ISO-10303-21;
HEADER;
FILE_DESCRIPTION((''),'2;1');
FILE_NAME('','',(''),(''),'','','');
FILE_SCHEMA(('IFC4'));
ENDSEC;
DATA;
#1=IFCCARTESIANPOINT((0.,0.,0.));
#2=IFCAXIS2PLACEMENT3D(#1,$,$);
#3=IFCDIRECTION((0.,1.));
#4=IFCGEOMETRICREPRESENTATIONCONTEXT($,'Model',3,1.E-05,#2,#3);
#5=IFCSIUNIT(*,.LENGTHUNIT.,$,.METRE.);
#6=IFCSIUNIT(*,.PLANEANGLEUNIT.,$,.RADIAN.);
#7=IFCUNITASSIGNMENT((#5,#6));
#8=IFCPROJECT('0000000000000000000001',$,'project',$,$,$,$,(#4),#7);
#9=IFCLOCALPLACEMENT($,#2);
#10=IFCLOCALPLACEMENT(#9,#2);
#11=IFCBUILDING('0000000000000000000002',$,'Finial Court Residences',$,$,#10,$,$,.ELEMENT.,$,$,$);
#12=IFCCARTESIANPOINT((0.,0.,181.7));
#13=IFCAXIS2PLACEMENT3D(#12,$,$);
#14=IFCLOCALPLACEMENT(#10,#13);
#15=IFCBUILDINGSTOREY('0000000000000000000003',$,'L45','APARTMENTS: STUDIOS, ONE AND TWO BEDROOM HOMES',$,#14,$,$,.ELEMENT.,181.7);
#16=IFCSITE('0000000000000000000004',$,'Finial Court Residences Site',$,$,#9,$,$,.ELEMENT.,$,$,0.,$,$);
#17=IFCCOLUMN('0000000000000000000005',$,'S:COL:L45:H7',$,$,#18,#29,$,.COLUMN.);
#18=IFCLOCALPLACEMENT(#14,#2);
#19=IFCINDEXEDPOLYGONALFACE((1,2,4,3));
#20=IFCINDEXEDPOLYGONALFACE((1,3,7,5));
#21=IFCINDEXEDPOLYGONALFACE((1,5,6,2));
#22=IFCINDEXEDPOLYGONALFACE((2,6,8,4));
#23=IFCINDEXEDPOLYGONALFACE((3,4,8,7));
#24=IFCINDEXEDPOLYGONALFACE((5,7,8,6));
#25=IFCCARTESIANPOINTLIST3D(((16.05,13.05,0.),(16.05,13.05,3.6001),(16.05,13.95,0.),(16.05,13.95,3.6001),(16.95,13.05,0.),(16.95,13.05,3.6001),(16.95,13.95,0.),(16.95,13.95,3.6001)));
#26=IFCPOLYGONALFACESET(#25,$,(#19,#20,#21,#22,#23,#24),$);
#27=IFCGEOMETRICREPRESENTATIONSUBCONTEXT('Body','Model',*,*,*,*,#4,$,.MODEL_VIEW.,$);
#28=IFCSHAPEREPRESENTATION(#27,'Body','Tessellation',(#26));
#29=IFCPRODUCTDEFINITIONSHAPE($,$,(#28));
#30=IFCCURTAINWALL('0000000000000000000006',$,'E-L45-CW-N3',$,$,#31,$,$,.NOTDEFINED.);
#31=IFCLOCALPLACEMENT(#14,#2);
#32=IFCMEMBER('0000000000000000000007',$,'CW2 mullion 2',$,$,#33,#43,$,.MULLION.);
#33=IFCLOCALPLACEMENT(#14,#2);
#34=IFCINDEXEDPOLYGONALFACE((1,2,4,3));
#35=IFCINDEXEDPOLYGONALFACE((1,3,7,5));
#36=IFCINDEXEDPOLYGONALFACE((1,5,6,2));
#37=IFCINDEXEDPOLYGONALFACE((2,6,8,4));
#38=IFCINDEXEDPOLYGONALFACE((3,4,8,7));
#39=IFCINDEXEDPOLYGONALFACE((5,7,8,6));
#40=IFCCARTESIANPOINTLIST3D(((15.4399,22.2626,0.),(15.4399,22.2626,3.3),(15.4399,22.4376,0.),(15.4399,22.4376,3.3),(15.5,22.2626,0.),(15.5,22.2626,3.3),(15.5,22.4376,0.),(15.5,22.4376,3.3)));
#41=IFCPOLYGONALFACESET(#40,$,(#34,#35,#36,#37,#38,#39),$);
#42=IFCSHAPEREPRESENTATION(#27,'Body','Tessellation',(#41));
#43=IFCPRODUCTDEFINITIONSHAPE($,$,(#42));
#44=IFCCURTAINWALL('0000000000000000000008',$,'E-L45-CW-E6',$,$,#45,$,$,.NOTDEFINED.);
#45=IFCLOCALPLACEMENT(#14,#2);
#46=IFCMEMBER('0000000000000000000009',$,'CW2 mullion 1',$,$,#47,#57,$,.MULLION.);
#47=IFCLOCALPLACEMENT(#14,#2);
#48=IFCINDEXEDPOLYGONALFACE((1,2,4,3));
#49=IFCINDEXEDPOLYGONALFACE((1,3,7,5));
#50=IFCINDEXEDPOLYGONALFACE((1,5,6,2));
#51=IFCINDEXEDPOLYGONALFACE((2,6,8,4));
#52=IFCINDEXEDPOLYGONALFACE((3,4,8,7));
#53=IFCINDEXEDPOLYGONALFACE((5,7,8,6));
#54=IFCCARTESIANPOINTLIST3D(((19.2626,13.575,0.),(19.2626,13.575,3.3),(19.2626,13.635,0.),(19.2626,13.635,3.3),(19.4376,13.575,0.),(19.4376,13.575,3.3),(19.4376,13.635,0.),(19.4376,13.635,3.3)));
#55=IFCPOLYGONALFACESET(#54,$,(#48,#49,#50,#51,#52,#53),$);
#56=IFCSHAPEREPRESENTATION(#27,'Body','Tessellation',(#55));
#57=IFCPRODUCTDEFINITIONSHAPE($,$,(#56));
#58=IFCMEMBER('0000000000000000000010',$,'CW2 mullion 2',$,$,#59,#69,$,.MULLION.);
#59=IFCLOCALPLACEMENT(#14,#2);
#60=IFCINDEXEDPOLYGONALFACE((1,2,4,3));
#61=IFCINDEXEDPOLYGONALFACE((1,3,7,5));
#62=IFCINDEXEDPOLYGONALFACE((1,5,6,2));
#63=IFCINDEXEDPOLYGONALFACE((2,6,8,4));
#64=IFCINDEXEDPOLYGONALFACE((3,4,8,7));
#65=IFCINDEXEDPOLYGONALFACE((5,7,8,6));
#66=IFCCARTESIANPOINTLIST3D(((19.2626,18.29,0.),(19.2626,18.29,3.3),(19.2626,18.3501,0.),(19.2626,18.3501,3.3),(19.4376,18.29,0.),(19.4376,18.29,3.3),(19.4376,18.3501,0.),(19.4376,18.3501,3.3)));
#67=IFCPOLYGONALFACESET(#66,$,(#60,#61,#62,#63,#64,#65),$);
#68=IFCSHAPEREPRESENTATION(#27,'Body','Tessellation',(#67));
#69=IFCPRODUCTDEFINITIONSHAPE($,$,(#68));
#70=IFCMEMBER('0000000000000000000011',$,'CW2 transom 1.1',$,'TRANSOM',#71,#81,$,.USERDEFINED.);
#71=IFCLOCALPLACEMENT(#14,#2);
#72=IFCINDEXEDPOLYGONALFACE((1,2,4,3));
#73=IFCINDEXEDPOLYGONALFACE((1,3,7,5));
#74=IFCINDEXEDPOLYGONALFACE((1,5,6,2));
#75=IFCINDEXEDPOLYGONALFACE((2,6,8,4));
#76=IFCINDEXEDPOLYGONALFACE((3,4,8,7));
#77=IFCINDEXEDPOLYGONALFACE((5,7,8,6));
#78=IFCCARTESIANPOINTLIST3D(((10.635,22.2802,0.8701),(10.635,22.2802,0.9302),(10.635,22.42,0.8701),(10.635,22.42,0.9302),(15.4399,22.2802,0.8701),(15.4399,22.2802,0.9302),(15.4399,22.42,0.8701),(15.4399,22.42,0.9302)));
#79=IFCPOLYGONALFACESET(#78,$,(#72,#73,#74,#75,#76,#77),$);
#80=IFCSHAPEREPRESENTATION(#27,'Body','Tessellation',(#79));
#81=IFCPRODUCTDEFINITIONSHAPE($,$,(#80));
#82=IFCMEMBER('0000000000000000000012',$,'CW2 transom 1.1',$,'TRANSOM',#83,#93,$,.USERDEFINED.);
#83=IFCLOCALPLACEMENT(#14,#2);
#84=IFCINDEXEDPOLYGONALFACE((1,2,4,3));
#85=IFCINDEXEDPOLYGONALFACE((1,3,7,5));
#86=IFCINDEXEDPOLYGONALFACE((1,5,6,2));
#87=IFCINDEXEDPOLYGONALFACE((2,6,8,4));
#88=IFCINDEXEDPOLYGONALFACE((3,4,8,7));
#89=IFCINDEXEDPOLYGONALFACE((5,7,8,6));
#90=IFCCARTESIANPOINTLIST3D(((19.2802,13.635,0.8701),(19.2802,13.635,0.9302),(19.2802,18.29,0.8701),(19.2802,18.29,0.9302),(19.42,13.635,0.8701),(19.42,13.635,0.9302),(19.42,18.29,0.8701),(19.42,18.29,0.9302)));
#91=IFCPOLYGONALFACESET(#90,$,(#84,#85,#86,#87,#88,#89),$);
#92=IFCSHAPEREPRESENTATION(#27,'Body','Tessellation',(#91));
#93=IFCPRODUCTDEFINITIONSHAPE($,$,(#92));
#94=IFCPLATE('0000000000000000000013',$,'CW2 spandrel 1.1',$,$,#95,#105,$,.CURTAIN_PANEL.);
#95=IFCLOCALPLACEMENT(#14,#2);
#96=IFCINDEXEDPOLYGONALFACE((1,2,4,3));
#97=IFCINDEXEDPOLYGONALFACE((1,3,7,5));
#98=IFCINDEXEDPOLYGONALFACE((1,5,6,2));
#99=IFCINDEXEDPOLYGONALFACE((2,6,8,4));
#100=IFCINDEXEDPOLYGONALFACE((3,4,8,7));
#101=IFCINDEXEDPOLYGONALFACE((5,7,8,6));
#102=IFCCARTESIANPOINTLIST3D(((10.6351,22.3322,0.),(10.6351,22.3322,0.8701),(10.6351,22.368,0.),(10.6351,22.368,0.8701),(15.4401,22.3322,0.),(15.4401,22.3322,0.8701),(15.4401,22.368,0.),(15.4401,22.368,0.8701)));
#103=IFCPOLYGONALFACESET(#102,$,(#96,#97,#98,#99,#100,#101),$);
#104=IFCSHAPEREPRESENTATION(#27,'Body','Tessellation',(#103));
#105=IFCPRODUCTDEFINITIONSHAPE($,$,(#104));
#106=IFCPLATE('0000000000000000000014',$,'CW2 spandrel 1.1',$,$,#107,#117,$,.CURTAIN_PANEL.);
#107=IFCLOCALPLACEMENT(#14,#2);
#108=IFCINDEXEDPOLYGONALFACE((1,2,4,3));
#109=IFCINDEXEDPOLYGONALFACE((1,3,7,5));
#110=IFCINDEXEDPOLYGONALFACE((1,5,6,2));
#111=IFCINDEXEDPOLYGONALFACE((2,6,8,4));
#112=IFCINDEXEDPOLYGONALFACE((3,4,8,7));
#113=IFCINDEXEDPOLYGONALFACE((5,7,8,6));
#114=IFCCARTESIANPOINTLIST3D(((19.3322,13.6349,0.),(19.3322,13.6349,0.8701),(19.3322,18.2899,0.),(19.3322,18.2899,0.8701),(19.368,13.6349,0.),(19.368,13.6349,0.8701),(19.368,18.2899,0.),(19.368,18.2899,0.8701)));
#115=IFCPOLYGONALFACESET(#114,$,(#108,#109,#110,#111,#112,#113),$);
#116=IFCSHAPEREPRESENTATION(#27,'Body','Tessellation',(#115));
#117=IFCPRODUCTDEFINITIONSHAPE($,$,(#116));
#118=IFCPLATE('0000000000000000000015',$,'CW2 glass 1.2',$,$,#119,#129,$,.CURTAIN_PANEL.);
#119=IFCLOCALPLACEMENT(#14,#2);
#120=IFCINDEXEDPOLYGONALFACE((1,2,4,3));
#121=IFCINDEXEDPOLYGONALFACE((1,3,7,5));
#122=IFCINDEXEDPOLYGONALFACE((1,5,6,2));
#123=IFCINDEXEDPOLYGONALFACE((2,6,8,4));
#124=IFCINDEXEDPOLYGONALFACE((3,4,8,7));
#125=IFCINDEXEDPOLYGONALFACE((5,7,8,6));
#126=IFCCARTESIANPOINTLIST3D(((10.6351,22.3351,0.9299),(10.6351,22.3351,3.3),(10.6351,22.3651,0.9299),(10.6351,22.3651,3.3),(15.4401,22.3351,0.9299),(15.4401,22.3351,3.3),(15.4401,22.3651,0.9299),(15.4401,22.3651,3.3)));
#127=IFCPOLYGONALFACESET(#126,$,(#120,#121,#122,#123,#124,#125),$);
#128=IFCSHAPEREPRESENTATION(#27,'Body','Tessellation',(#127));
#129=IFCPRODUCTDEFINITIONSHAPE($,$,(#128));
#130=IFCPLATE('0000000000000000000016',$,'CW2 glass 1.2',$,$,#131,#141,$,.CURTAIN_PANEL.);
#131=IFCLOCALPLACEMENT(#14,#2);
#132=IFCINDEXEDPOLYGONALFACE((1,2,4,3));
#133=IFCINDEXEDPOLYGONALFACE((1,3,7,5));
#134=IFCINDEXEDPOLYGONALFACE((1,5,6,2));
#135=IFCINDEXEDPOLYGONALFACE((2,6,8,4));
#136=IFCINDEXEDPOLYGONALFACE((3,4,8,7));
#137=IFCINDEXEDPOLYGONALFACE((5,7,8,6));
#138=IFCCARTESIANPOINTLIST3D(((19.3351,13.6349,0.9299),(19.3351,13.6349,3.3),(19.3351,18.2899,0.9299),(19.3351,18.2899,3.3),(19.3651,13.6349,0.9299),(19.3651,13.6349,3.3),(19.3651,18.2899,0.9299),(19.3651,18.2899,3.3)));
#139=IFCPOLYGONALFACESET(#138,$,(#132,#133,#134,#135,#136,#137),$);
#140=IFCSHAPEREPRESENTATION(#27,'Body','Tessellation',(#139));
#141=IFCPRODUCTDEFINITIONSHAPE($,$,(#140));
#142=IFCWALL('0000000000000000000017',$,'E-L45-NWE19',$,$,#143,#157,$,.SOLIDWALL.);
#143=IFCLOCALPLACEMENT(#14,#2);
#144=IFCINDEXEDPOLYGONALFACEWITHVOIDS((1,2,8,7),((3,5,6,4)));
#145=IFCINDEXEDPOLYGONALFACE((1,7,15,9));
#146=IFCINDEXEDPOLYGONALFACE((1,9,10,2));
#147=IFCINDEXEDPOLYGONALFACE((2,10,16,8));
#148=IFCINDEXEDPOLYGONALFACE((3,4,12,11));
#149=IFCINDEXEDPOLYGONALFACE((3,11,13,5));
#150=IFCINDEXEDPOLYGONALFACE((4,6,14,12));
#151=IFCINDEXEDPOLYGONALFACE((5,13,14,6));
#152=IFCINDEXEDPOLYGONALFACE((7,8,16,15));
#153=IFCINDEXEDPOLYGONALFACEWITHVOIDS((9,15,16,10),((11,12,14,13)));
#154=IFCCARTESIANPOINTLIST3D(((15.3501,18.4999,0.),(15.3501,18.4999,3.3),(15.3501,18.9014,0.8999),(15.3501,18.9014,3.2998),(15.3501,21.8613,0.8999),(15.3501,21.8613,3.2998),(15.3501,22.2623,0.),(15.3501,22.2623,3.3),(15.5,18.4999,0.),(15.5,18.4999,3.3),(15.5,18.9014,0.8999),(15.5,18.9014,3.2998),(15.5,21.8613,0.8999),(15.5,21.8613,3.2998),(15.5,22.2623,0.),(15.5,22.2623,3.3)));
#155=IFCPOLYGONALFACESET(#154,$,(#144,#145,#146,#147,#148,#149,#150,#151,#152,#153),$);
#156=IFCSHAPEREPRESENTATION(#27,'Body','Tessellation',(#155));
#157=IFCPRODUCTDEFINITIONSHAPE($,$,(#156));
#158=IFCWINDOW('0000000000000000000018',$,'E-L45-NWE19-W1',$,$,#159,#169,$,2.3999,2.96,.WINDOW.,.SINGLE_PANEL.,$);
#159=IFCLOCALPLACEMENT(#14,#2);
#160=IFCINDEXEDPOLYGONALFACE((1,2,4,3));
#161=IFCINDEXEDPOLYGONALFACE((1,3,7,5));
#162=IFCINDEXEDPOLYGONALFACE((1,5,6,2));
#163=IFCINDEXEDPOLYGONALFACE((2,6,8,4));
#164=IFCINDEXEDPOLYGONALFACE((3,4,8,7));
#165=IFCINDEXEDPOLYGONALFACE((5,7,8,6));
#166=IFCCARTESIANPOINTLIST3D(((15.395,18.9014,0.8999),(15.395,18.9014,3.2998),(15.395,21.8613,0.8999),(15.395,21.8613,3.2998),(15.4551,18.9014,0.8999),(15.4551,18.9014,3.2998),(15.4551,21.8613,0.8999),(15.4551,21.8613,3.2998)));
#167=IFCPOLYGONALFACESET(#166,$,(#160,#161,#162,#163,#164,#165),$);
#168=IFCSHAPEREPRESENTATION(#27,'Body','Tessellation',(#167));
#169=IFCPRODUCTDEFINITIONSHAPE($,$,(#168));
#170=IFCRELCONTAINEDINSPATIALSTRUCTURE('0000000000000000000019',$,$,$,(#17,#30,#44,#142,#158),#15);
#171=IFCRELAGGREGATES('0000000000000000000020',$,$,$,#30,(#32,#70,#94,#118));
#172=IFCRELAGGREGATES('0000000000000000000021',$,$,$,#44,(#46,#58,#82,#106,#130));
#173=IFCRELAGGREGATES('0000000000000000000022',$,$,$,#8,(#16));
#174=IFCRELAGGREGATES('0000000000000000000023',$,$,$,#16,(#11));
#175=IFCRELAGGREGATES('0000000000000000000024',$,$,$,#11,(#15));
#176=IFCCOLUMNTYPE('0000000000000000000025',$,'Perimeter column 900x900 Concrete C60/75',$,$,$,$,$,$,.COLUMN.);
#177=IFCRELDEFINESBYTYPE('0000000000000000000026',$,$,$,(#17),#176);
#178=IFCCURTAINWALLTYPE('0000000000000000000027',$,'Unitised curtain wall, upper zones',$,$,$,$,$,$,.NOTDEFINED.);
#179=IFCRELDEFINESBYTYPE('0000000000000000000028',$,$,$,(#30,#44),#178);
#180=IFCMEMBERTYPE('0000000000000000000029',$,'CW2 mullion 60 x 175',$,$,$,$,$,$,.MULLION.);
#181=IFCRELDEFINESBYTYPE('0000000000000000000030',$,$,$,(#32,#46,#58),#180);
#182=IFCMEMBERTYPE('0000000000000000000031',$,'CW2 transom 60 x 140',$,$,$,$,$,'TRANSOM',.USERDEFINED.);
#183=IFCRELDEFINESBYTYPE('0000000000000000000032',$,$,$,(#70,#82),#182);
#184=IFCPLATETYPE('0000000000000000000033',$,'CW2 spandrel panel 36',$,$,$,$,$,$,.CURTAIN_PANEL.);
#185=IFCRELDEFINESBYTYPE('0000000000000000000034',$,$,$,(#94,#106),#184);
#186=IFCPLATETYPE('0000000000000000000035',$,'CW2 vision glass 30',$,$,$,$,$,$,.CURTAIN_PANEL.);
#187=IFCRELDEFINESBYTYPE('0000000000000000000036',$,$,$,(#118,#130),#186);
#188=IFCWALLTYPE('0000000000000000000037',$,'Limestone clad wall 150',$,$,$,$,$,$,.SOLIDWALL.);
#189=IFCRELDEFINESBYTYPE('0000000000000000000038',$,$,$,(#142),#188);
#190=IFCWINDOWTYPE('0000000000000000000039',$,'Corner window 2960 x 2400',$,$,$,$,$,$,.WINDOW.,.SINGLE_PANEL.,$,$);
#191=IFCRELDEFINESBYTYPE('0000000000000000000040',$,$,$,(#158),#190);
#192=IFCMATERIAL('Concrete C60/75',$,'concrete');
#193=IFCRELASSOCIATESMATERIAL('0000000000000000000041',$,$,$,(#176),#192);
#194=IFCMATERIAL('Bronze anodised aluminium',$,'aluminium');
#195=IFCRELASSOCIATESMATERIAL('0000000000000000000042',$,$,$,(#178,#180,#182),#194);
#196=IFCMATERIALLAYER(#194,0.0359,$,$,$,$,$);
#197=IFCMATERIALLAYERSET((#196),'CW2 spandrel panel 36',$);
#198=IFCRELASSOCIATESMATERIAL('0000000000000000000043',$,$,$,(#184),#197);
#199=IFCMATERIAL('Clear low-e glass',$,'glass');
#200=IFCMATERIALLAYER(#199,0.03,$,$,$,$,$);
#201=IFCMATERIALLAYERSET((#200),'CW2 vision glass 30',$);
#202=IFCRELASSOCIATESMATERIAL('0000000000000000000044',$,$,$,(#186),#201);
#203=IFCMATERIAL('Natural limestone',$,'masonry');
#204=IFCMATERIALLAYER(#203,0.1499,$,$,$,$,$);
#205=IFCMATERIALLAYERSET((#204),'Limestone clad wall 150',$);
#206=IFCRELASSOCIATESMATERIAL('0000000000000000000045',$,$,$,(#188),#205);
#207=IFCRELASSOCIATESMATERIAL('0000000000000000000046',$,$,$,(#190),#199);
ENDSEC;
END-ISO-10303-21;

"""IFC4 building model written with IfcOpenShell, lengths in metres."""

from ifc_helpers import new_model, si_unit, direction, frame, frame_2d, origin, origin_2d, place, context, subcontext, project, spatial, rectangle, extrude, material, layer, layer_set, material_profile, profile_set, type_object, element, fill, aggregate, save


model = new_model("IFC4")

# Units and contexts
model_context = context("Model", 3, precision=1e-05, world=origin(), true_north=direction((0.0, 1.0)))
body_context = subcontext(model_context, "Body", "Model", "MODEL_VIEW")
ifc_project = project(units=[si_unit("LENGTHUNIT", "METRE"), si_unit("PLANEANGLEUNIT", "RADIAN")], contexts=[model_context])

# Site, building, storey
site_placement = place(None, origin())
site = spatial("IfcSite", under=ifc_project, at=site_placement, Name="Finial Court Residences Site", CompositionType="ELEMENT", RefElevation=0.0)
building_placement = place(site_placement, origin())
building = spatial("IfcBuilding", under=site, at=building_placement, Name="Finial Court Residences", CompositionType="ELEMENT")
storey_placement = place(building_placement, frame((0.0, 0.0, 181.7)))
storey = spatial("IfcBuildingStorey", under=building, at=storey_placement, Name="L45", Description="APARTMENTS: STUDIOS, ONE AND TWO BEDROOM HOMES", CompositionType="ELEMENT", Elevation=181.7)

# Column
ifc_material_1 = material(Name="Concrete C60/75", Category="concrete")
ifc_material_profile_1 = material_profile(ifc_material_1, rectangle(XDim=0.8999, YDim=0.8999, at=origin_2d()), Name="900x900")
ifc_profile_set_1 = profile_set([ifc_material_profile_1], Name="Concrete C60/75")
column_type = type_object("IfcColumnType", Name="Perimeter column 900x900 Concrete C60/75", PredefinedType="COLUMN", material=ifc_profile_set_1)
column_placement = place(storey_placement, frame((16.5, 13.5, 0.0), z_axis=(0.0, 0.0, 1.0), x_axis=(1.0, 0.0, 0.0)))
element("IfcColumn", 1, at=column_placement, inside=storey, type_object=column_type, Name="S:COL:L45:H7", PredefinedType="COLUMN", context=body_context, shape_type="SweptSolid", body=[
    extrude(rectangle(XDim=0.8999, YDim=0.8999, at=origin_2d()), origin(), (0.0, 0.0, 1.0), 3.6001),
])

# Curtain wall, member
ifc_material_2 = material(Name="Bronze anodised aluminium", Category="aluminium")
curtain_wall_type = type_object("IfcCurtainWallType", Name="Unitised curtain wall, upper zones", PredefinedType="NOTDEFINED", material=ifc_material_2)
curtain_wall_1_placement = place(storey_placement, origin())
curtain_wall_1 = element("IfcCurtainWall", 2, at=curtain_wall_1_placement, inside=storey, type_object=curtain_wall_type, Name="E-L45-CW-N3", PredefinedType="NOTDEFINED")
ifc_material_profile_2 = material_profile(ifc_material_2, rectangle(XDim=0.175, YDim=0.0601, at=origin_2d()), Name="CW2 mullion 60 x 175")
ifc_profile_set_2 = profile_set([ifc_material_profile_2], Name="Bronze anodised aluminium")
member_type_1 = type_object("IfcMemberType", Name="CW2 mullion 60 x 175", PredefinedType="MULLION", material=ifc_profile_set_2)
member_1_placement = place(storey_placement, frame((15.47, 22.3501, 0.0), z_axis=(0.0, 0.0, 1.0), x_axis=(0.0, 1.0, 0.0)))
member_1 = element("IfcMember", 3, at=member_1_placement, type_object=member_type_1, Name="CW2 mullion 2", PredefinedType="MULLION", context=body_context, shape_type="SweptSolid", body=[
    extrude(rectangle(XDim=0.175, YDim=0.0601, at=origin_2d()), origin(), (0.0, 0.0, 1.0), 3.3),
])

# Curtain wall, members
curtain_wall_2_placement = place(storey_placement, origin())
curtain_wall_2 = element("IfcCurtainWall", 4, at=curtain_wall_2_placement, inside=storey, type_object=curtain_wall_type, Name="E-L45-CW-E6", PredefinedType="NOTDEFINED")
member_2_placement = place(storey_placement, frame((19.3501, 13.605, 0.0), z_axis=(0.0, 0.0, 1.0), x_axis=(-1.0, 0.0, 0.0)))
member_2 = element("IfcMember", 5, at=member_2_placement, type_object=member_type_1, Name="CW2 mullion 1", PredefinedType="MULLION", context=body_context, shape_type="SweptSolid", body=[
    extrude(rectangle(XDim=0.175, YDim=0.0601, at=origin_2d()), origin(), (0.0, 0.0, 1.0), 3.3),
])
member_3_placement = place(storey_placement, frame((19.3501, 18.3201, 0.0), z_axis=(0.0, 0.0, 1.0), x_axis=(-1.0, 0.0, 0.0)))
member_3 = element("IfcMember", 6, at=member_3_placement, type_object=member_type_1, Name="CW2 mullion 2", PredefinedType="MULLION", context=body_context, shape_type="SweptSolid", body=[
    extrude(rectangle(XDim=0.175, YDim=0.0601, at=origin_2d()), origin(), (0.0, 0.0, 1.0), 3.3),
])

# Members
ifc_material_profile_3 = material_profile(ifc_material_2, rectangle(XDim=0.1399, YDim=0.0601, at=origin_2d()), Name="CW2 transom 60 x 140")
ifc_profile_set_3 = profile_set([ifc_material_profile_3], Name="Bronze anodised aluminium")
member_type_2 = type_object("IfcMemberType", Name="CW2 transom 60 x 140", ElementType="TRANSOM", PredefinedType="USERDEFINED", material=ifc_profile_set_3)
member_4_placement = place(storey_placement, frame((10.635, 22.3501, 0.9001), z_axis=(1.0, 0.0, 0.0), x_axis=(0.0, 1.0, 0.0)))
member_4 = element("IfcMember", 7, at=member_4_placement, type_object=member_type_2, Name="CW2 transom 1.1", ObjectType="TRANSOM", PredefinedType="USERDEFINED", context=body_context, shape_type="SweptSolid", body=[
    extrude(rectangle(XDim=0.1399, YDim=0.0601, at=origin_2d()), origin(), (0.0, 0.0, 1.0), 4.8049),
])
member_5_placement = place(storey_placement, frame((19.3501, 13.635, 0.9001), z_axis=(0.0, 1.0, 0.0), x_axis=(-1.0, 0.0, 0.0)))
member_5 = element("IfcMember", 8, at=member_5_placement, type_object=member_type_2, Name="CW2 transom 1.1", ObjectType="TRANSOM", PredefinedType="USERDEFINED", context=body_context, shape_type="SweptSolid", body=[
    extrude(rectangle(XDim=0.1399, YDim=0.0601, at=origin_2d()), origin(), (0.0, 0.0, 1.0), 4.655),
])

# Plates
ifc_layer_1 = layer(ifc_material_2, 0.0359)
ifc_layer_set_1 = layer_set([ifc_layer_1], Name="CW2 spandrel panel 36")
plate_type_1 = type_object("IfcPlateType", Name="CW2 spandrel panel 36", PredefinedType="CURTAIN_PANEL", material=ifc_layer_set_1)
plate_1_placement = place(storey_placement, frame((13.0376, 22.3501, 0.0), z_axis=(0.0, 0.0, 1.0), x_axis=(1.0, 0.0, 0.0)))
plate_1 = element("IfcPlate", 9, at=plate_1_placement, type_object=plate_type_1, Name="CW2 spandrel 1.1", PredefinedType="CURTAIN_PANEL", context=body_context, shape_type="SweptSolid", body=[
    extrude(rectangle(XDim=4.8049, YDim=0.0359, at=origin_2d()), origin(), (0.0, 0.0, 1.0), 0.8701),
])
plate_2_placement = place(storey_placement, frame((19.3501, 15.9624, 0.0), z_axis=(0.0, 0.0, 1.0), x_axis=(0.0, 1.0, 0.0)))
plate_2 = element("IfcPlate", 10, at=plate_2_placement, type_object=plate_type_1, Name="CW2 spandrel 1.1", PredefinedType="CURTAIN_PANEL", context=body_context, shape_type="SweptSolid", body=[
    extrude(rectangle(XDim=4.655, YDim=0.0359, at=origin_2d()), origin(), (0.0, 0.0, 1.0), 0.8701),
])
ifc_material_3 = material(Name="Clear low-e glass", Category="glass")
ifc_layer_2 = layer(ifc_material_3, 0.03)
ifc_layer_set_2 = layer_set([ifc_layer_2], Name="CW2 vision glass 30")
plate_type_2 = type_object("IfcPlateType", Name="CW2 vision glass 30", PredefinedType="CURTAIN_PANEL", material=ifc_layer_set_2)
plate_3_placement = place(storey_placement, frame((13.0376, 22.3501, 0.9299), z_axis=(0.0, 0.0, 1.0), x_axis=(1.0, 0.0, 0.0)))
plate_3 = element("IfcPlate", 11, at=plate_3_placement, type_object=plate_type_2, Name="CW2 glass 1.2", PredefinedType="CURTAIN_PANEL", context=body_context, shape_type="SweptSolid", body=[
    extrude(rectangle(XDim=4.8049, YDim=0.03, at=origin_2d()), origin(), (0.0, 0.0, 1.0), 2.3701),
])
aggregate(curtain_wall_1, [member_1, member_4, plate_1, plate_3])
plate_4_placement = place(storey_placement, frame((19.3501, 15.9624, 0.9299), z_axis=(0.0, 0.0, 1.0), x_axis=(0.0, 1.0, 0.0)))
plate_4 = element("IfcPlate", 12, at=plate_4_placement, type_object=plate_type_2, Name="CW2 glass 1.2", PredefinedType="CURTAIN_PANEL", context=body_context, shape_type="SweptSolid", body=[
    extrude(rectangle(XDim=4.655, YDim=0.03, at=origin_2d()), origin(), (0.0, 0.0, 1.0), 2.3701),
])
aggregate(curtain_wall_2, [member_2, member_3, member_5, plate_2, plate_4])

# Wall, opening, window
ifc_material_4 = material(Name="Natural limestone", Category="masonry")
ifc_layer_3 = layer(ifc_material_4, 0.1499)
ifc_layer_set_3 = layer_set([ifc_layer_3], Name="Limestone clad wall 150")
wall_type = type_object("IfcWallType", Name="Limestone clad wall 150", PredefinedType="SOLIDWALL", material=ifc_layer_set_3)
wall_1_placement = place(storey_placement, frame((15.425, 22.2625, 0.0), z_axis=(0.0, 0.0, 1.0), x_axis=(0.0, -1.0, 0.0)))
wall_1 = element("IfcWall", 13, at=wall_1_placement, inside=storey, type_object=wall_type, Name="E-L45-NWE19", PredefinedType="SOLIDWALL", context=body_context, shape_type="SweptSolid", body=[
    extrude(rectangle(XDim=3.7625, YDim=0.1499, at=frame_2d((1.8813, 0.0))), origin(), (0.0, 0.0, 1.0), 3.3),
])
opening_1_placement = place(wall_1_placement, frame((0.4011, 0.0, 0.8999)))
opening_1 = element("IfcOpeningElement", 14, at=opening_1_placement, cuts=wall_1, PredefinedType="OPENING", context=body_context, shape_type="SweptSolid", body=[
    extrude(rectangle(XDim=2.96, YDim=2.3999, at=frame_2d((1.48, 1.2))), frame((0.0, 0.085, 0.0), z_axis=(0.0, -1.0, 0.0), x_axis=(1.0, 0.0, 0.0)), (0.0, 0.0, 1.0), 0.1699),
])
window_type_1 = type_object("IfcWindowType", Name="Corner window 2960 x 2400", PartitioningType="SINGLE_PANEL", PredefinedType="WINDOW", material=ifc_material_3)
window_1_placement = place(opening_1_placement, origin())
window_1 = element("IfcWindow", 15, at=window_1_placement, inside=storey, type_object=window_type_1, Name="E-L45-NWE19-W1", OverallHeight=2.3999, OverallWidth=2.96, PartitioningType="SINGLE_PANEL", PredefinedType="WINDOW", context=body_context, shape_type="SweptSolid", body=[
    extrude(rectangle(XDim=2.96, YDim=2.3999, at=frame_2d((1.48, 1.2))), frame((0.0, 0.03, 0.0), z_axis=(0.0, -1.0, 0.0), x_axis=(1.0, 0.0, 0.0)), (0.0, 0.0, 1.0), 0.0601),
])
fill(opening_1, window_1)

save(model, "model.ifc")
